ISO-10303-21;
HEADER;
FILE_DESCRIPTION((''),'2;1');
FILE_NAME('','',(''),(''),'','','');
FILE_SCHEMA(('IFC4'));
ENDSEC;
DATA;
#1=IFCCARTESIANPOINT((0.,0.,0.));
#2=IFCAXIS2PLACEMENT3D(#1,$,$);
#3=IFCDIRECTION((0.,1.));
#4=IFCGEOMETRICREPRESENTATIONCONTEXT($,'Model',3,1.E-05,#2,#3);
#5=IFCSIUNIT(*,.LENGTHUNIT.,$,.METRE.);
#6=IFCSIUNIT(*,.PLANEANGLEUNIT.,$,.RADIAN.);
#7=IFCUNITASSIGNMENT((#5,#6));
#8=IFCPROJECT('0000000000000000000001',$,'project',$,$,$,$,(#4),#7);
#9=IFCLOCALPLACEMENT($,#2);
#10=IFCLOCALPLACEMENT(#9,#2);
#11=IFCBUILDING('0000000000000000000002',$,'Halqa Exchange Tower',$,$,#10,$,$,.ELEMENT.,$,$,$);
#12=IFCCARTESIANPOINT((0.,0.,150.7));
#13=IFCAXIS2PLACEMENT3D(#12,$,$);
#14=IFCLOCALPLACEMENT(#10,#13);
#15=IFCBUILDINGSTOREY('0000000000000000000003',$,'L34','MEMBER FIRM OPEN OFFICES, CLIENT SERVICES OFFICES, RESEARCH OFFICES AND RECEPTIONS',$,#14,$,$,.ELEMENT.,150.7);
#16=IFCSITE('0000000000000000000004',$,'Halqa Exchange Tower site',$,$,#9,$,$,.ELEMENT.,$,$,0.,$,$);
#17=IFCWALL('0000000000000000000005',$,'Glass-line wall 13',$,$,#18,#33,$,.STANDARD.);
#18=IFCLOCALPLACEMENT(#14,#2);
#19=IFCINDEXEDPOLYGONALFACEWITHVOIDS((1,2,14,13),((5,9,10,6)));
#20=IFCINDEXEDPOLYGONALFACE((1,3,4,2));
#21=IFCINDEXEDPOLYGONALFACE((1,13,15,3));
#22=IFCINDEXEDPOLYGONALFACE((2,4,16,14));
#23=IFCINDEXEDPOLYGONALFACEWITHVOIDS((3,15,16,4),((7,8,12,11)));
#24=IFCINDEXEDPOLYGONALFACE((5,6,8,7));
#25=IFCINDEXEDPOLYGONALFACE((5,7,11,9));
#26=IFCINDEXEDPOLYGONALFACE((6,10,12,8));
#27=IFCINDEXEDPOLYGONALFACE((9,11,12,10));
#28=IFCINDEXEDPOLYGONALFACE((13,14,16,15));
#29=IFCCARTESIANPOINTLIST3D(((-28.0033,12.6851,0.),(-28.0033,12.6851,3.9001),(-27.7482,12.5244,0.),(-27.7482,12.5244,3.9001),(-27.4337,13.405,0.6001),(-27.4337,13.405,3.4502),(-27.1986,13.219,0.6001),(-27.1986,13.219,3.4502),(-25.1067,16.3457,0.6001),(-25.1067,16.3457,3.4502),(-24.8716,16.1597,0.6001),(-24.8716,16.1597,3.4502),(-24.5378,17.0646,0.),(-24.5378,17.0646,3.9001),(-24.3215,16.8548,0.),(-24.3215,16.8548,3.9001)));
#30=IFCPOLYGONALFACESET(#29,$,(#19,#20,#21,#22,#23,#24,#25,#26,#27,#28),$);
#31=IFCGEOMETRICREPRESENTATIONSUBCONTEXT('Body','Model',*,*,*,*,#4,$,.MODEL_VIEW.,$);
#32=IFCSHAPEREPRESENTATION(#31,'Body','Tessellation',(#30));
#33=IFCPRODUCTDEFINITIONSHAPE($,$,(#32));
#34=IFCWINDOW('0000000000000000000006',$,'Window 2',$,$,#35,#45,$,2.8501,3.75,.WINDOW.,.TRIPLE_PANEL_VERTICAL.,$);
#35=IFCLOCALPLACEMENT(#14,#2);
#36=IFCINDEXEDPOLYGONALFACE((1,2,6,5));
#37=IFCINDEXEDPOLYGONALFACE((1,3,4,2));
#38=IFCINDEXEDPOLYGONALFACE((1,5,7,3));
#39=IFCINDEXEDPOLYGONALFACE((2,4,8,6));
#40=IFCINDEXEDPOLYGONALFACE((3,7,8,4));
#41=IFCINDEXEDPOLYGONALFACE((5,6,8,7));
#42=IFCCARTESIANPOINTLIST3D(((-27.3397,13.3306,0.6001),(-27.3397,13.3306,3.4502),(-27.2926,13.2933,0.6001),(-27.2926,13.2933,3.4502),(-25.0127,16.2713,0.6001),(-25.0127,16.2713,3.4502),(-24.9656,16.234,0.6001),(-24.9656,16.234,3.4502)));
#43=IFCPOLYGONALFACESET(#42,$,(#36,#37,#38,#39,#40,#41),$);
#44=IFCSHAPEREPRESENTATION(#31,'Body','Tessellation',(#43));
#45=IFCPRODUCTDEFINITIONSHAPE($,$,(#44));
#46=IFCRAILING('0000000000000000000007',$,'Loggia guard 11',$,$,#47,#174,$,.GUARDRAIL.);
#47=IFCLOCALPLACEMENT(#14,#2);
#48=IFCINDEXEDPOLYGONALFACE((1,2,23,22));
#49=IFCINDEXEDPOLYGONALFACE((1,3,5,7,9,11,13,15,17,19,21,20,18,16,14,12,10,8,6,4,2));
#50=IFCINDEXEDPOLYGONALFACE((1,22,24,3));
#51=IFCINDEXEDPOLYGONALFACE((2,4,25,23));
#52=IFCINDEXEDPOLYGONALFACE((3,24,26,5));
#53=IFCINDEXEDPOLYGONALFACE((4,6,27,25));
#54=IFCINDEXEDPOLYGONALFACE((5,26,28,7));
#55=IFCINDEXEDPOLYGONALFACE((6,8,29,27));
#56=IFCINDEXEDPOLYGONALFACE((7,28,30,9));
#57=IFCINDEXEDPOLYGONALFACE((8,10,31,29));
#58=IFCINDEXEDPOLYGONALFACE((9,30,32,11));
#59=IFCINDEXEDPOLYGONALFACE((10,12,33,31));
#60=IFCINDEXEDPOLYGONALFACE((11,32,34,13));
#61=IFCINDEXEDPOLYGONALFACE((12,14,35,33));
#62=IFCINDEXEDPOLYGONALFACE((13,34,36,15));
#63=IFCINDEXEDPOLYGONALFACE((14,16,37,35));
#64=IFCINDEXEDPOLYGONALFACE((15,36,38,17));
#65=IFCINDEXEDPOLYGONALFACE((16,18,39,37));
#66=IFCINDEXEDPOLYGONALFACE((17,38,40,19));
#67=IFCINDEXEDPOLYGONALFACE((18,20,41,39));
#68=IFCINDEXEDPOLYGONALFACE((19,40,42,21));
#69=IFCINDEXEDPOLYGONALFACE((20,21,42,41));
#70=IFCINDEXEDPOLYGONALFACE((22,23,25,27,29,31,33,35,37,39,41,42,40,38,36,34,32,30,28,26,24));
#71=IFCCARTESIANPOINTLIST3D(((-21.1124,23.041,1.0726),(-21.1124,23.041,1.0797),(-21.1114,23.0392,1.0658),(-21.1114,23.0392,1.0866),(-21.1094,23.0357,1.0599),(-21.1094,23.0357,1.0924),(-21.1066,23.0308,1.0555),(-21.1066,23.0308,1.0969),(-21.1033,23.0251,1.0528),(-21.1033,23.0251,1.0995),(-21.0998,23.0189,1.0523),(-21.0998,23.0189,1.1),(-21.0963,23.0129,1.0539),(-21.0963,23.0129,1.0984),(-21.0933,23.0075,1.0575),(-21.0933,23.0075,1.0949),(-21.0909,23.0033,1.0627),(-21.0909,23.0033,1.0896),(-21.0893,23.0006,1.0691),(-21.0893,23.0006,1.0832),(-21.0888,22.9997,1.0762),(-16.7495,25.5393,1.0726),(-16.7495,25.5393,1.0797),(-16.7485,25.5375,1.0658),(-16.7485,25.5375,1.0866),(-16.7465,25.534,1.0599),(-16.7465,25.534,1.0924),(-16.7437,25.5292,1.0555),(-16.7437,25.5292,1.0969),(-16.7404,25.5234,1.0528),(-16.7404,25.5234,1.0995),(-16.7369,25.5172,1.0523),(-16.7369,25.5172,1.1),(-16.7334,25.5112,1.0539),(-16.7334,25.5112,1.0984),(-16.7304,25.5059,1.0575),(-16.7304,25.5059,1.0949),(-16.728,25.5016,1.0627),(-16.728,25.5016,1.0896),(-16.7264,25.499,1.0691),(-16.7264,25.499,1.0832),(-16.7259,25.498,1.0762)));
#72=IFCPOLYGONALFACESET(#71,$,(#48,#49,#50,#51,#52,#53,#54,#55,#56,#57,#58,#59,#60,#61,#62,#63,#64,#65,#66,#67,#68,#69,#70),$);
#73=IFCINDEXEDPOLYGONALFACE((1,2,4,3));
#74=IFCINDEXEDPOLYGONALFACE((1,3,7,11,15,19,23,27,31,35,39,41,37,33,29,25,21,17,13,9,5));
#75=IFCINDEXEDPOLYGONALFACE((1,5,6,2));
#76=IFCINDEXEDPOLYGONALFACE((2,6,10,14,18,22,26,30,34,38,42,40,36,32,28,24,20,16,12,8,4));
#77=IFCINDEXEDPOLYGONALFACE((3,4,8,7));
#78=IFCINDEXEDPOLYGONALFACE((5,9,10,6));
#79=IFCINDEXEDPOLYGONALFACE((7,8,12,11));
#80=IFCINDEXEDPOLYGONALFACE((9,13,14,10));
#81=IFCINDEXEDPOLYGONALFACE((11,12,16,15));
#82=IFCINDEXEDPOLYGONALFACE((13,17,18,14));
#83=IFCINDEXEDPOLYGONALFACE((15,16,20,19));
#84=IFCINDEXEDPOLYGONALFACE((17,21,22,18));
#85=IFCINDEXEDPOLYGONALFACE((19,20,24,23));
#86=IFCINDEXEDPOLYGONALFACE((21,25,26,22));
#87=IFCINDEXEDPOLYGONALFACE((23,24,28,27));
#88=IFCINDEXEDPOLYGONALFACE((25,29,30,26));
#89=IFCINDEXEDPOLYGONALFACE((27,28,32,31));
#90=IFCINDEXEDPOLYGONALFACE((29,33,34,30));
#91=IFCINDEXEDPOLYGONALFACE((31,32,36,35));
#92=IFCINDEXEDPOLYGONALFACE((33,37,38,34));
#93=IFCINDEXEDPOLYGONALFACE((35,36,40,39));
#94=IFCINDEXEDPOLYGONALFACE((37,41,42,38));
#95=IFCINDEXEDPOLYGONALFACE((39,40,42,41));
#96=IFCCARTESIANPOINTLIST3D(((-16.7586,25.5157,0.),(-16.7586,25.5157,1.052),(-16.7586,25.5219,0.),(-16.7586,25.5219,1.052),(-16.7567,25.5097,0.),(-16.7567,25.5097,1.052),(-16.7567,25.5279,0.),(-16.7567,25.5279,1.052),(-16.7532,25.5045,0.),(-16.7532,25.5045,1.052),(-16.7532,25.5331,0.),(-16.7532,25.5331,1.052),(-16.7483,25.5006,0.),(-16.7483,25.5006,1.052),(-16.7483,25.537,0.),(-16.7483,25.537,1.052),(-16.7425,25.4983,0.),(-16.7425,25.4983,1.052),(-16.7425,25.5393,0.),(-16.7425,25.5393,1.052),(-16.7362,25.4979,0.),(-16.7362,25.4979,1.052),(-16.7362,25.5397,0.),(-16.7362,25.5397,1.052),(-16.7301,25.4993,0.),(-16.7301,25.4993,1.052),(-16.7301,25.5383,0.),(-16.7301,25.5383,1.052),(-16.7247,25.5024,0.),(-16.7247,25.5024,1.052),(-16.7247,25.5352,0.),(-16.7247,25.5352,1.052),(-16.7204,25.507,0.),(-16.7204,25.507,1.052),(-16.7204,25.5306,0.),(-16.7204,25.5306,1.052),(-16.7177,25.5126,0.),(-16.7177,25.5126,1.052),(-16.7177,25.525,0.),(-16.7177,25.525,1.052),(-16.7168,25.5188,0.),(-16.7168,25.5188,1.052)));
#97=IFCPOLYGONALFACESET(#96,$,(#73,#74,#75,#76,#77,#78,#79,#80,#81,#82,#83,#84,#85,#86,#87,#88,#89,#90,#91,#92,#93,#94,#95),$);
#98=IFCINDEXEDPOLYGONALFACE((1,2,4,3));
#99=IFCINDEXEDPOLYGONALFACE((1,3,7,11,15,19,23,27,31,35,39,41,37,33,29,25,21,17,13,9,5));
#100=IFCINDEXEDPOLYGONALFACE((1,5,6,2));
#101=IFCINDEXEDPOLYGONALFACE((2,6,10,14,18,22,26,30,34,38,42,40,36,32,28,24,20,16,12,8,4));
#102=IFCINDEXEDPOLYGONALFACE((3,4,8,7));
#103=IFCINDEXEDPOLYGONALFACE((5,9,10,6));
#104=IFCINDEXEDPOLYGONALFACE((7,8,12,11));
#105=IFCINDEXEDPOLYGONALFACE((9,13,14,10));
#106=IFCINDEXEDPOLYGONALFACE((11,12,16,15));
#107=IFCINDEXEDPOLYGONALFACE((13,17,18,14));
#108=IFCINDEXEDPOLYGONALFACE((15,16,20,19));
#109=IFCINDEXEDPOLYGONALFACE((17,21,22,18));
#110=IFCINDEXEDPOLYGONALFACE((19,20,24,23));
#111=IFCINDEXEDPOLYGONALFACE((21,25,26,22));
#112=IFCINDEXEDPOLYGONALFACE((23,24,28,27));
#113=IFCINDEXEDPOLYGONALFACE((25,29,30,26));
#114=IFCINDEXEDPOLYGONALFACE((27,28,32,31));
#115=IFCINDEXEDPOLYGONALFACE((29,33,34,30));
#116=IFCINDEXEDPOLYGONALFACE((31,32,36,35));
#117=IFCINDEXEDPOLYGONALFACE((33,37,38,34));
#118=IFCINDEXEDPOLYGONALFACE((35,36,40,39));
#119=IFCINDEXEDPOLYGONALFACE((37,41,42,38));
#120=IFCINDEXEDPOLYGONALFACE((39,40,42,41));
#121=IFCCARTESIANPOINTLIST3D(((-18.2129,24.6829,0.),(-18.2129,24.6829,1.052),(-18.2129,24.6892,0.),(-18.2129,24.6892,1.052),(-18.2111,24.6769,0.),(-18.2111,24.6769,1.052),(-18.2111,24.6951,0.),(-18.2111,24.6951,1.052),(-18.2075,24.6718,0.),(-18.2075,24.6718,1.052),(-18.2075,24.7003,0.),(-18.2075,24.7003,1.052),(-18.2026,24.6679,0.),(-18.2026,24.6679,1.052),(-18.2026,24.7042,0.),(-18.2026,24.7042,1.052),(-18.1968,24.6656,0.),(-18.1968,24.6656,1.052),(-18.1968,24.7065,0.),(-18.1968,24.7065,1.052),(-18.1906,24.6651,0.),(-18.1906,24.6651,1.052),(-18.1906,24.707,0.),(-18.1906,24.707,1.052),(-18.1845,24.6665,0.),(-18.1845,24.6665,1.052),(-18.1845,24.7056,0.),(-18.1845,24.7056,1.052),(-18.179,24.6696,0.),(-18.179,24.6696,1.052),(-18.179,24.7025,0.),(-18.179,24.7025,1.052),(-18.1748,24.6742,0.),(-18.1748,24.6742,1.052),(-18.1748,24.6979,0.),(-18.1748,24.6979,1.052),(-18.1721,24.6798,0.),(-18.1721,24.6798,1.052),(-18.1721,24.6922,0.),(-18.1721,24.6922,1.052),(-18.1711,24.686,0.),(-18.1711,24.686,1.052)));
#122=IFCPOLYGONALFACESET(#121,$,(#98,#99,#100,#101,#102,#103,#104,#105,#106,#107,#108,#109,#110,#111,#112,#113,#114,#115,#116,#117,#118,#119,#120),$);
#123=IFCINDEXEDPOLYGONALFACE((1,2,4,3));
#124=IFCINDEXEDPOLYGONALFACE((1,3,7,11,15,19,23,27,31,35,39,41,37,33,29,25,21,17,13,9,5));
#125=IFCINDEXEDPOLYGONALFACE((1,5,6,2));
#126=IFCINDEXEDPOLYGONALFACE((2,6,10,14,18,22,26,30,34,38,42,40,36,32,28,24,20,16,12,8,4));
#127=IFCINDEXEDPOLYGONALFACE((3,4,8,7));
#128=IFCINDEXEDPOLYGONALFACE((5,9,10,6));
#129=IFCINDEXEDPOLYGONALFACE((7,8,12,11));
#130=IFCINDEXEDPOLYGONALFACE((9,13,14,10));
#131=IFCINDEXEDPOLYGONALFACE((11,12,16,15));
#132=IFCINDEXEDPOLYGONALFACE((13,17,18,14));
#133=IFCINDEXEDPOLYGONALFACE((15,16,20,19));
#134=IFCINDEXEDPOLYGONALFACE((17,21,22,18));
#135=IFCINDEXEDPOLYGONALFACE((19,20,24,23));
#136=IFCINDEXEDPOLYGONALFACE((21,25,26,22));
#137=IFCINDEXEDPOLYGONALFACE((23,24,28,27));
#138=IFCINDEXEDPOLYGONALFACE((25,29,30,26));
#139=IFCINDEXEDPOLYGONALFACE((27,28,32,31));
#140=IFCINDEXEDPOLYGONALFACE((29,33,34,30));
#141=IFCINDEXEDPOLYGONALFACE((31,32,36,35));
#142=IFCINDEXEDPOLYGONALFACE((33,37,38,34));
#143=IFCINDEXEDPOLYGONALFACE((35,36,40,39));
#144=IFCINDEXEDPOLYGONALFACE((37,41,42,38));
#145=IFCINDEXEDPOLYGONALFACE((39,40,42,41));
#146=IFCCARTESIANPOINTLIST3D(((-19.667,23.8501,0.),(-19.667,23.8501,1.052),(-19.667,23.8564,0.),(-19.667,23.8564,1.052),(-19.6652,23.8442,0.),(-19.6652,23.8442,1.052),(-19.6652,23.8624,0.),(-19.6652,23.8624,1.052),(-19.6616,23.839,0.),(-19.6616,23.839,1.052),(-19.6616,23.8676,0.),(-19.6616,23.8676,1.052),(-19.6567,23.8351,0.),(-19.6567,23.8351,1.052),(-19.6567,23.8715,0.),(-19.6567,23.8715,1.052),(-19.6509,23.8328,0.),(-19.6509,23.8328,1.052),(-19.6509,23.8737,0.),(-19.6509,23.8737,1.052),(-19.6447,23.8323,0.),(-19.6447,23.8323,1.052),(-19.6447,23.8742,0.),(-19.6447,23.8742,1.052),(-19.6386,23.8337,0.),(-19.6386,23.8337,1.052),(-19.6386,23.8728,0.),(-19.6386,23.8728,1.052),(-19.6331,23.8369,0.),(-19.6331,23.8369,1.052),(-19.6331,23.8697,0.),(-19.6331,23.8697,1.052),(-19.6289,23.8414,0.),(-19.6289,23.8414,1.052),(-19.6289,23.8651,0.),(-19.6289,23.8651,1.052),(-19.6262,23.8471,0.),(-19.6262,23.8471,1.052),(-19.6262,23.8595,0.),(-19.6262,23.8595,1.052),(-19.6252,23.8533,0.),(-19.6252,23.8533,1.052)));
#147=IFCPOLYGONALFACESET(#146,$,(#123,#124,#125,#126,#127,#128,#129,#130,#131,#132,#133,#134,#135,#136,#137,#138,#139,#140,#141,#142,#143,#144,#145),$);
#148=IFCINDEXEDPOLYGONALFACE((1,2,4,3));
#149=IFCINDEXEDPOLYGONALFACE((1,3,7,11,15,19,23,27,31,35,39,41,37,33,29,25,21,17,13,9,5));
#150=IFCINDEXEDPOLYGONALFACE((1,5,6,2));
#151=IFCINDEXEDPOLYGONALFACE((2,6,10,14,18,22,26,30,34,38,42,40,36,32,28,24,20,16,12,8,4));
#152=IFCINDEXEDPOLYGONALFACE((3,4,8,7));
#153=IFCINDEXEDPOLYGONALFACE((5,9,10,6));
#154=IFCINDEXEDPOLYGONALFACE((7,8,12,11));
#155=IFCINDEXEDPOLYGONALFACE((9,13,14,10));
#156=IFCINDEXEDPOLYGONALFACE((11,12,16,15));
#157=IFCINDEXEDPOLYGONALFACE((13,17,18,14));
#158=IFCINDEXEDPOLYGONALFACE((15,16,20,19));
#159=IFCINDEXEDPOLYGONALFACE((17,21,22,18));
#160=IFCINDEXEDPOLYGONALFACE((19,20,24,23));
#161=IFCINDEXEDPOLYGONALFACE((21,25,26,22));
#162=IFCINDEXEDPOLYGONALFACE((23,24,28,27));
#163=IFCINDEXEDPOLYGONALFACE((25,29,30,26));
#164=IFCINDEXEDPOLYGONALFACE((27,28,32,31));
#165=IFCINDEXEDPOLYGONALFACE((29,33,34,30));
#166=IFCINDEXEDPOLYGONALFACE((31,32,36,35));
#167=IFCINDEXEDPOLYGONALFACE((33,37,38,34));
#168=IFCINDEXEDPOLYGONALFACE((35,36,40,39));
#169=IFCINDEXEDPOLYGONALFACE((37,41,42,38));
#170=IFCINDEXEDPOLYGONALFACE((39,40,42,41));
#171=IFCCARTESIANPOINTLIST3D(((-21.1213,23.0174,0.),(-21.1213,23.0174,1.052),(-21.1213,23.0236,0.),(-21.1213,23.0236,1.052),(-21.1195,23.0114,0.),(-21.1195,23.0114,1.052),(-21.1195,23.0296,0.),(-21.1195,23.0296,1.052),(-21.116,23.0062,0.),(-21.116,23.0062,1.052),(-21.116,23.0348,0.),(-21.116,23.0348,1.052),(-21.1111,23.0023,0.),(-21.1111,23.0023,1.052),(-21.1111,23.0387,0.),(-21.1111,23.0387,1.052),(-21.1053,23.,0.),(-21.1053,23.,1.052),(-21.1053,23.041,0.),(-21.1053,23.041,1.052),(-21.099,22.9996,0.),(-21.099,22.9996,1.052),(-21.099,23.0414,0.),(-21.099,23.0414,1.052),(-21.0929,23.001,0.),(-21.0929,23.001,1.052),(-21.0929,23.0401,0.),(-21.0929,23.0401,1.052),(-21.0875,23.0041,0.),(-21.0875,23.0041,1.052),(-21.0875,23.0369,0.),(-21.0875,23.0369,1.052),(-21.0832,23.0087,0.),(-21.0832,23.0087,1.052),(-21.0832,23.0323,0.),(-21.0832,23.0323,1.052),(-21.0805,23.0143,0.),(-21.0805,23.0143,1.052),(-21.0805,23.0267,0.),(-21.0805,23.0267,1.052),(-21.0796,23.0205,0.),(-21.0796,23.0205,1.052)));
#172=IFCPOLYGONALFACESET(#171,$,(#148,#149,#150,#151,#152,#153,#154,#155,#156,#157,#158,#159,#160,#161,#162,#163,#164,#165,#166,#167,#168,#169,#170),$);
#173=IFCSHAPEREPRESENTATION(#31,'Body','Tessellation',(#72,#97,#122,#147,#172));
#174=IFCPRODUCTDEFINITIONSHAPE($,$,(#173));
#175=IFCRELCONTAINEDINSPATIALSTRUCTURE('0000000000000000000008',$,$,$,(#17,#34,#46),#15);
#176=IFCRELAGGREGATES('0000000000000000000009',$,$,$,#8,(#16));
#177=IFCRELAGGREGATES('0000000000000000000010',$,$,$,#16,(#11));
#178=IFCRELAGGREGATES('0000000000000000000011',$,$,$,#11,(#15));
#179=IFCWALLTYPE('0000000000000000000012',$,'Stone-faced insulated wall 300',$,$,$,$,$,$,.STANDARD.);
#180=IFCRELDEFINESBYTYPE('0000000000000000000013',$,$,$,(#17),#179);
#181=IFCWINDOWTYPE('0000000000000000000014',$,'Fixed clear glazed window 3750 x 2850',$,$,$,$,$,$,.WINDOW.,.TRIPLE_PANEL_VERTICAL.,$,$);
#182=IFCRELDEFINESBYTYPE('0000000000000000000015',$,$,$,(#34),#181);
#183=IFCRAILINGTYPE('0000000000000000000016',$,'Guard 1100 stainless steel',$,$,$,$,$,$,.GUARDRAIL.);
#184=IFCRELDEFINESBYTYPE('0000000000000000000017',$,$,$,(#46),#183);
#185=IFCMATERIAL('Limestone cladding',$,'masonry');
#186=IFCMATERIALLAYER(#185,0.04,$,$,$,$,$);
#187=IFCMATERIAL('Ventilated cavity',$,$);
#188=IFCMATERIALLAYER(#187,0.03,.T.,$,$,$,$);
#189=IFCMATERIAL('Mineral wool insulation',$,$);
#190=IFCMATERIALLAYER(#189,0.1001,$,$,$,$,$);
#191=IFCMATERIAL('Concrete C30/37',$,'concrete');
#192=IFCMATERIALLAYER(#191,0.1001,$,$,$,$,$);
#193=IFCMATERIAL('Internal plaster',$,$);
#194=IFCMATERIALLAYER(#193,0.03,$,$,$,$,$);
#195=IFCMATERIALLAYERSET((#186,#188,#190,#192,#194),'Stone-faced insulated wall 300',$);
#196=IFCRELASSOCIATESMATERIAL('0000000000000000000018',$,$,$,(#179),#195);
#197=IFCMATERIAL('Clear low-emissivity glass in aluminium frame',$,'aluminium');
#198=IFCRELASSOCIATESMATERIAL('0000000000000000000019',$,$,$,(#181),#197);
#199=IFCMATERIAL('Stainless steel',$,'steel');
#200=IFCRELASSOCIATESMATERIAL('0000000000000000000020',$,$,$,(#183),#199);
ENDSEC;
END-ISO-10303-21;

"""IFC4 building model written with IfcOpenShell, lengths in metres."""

from ifc_helpers import new_model, si_unit, direction, frame, frame_2d, origin, origin_2d, place, context, subcontext, project, spatial, polyline, rectangle, circle, outline, extrude, material, layer, layer_set, type_object, element, fill, save


model = new_model("IFC4")

# Units and contexts
model_context = context("Model", 3, precision=1e-05, world=origin(), true_north=direction((0.0, 1.0)))
body_context = subcontext(model_context, "Body", "Model", "MODEL_VIEW")
ifc_project = project(units=[si_unit("LENGTHUNIT", "METRE"), si_unit("PLANEANGLEUNIT", "RADIAN")], contexts=[model_context])

# Site, building, storey
site_placement = place(None, origin())
site = spatial("IfcSite", under=ifc_project, at=site_placement, Name="Halqa Exchange Tower site", CompositionType="ELEMENT", RefElevation=0.0)
building_placement = place(site_placement, origin())
building = spatial("IfcBuilding", under=site, at=building_placement, Name="Halqa Exchange Tower", CompositionType="ELEMENT")
storey_placement = place(building_placement, frame((0.0, 0.0, 150.7)))
storey = spatial("IfcBuildingStorey", under=building, at=storey_placement, Name="L34", Description="MEMBER FIRM OPEN OFFICES, CLIENT SERVICES OFFICES, RESEARCH OFFICES AND RECEPTIONS", CompositionType="ELEMENT", Elevation=150.7)

# Shared definitions
ifc_material_1 = material(Name="Limestone cladding", Category="masonry")
ifc_layer_1 = layer(ifc_material_1, 0.04)
ifc_material_2 = material(Name="Ventilated cavity")
ifc_layer_2 = layer(ifc_material_2, 0.03, ventilated=True)
ifc_material_3 = material(Name="Mineral wool insulation")
ifc_layer_3 = layer(ifc_material_3, 0.1001)
ifc_material_4 = material(Name="Concrete C30/37", Category="concrete")
ifc_layer_4 = layer(ifc_material_4, 0.1001)
ifc_material_5 = material(Name="Internal plaster")
ifc_layer_5 = layer(ifc_material_5, 0.03)
ifc_layer_set_1 = layer_set([ifc_layer_1, ifc_layer_2, ifc_layer_3, ifc_layer_4, ifc_layer_5], Name="Stone-faced insulated wall 300")
wall_type_1 = type_object("IfcWallType", Name="Stone-faced insulated wall 300", PredefinedType="STANDARD", material=ifc_layer_set_1)
ifc_material_6 = material(Name="Clear low-emissivity glass in aluminium frame", Category="aluminium")
window_type = type_object("IfcWindowType", Name="Fixed clear glazed window 3750 x 2850", PartitioningType="TRIPLE_PANEL_VERTICAL", PredefinedType="WINDOW", material=ifc_material_6)

# Wall, opening, window
wall_1_placement = place(storey_placement, frame((-24.4297, 16.9597, 0.0), z_axis=(0.0, 0.0, 1.0), x_axis=(-0.620521, -0.78419, 0.0)))
wall_1 = element("IfcWall", 1, at=wall_1_placement, inside=storey, type_object=wall_type_1, Name="Glass-line wall 13", PredefinedType="STANDARD", context=body_context, shape_type="SweptSolid", body=[
    extrude(outline(polyline([(-0.0151, -0.1499), (5.5696, -0.1499), (5.5374, 0.1499), (0.0151, 0.1499), (-0.0151, -0.1499)])), origin(), (0.0, 0.0, 1.0), 3.9001),
])
opening_1_placement = place(wall_1_placement, frame((0.9016, 0.0, 0.6001)))
opening_1 = element("IfcOpeningElement", 2, at=opening_1_placement, cuts=wall_1, PredefinedType="OPENING", context=body_context, shape_type="SweptSolid", body=[
    extrude(rectangle(XDim=3.75, YDim=2.8501, at=frame_2d((1.875, 1.425))), frame((0.0, 0.1621, 0.0), z_axis=(0.0, -1.0, 0.0), x_axis=(1.0, 0.0, 0.0)), (0.0, 0.0, 1.0), 0.324),
])
window_1_placement = place(opening_1_placement, origin())
window_1 = element("IfcWindow", 3, at=window_1_placement, inside=storey, type_object=window_type, Name="Window 2", OverallHeight=2.8501, OverallWidth=3.75, PartitioningType="TRIPLE_PANEL_VERTICAL", PredefinedType="WINDOW", context=body_context, shape_type="SweptSolid", body=[
    extrude(rectangle(XDim=3.75, YDim=2.8501, at=frame_2d((1.875, 1.425))), frame((0.0, 0.03, 0.0), z_axis=(0.0, -1.0, 0.0), x_axis=(1.0, 0.0, 0.0)), (0.0, 0.0, 1.0), 0.0601),
])
fill(opening_1, window_1)

# Railing
ifc_material_7 = material(Name="Stainless steel", Category="steel")
railing_type = type_object("IfcRailingType", Name="Guard 1100 stainless steel", PredefinedType="GUARDRAIL", material=ifc_material_7)
railing_1_placement = place(storey_placement, frame((-16.7378, 25.5188, 0.0)))
element("IfcRailing", 4, at=railing_1_placement, inside=storey, type_object=railing_type, Name="Loggia guard 11", PredefinedType="GUARDRAIL", context=body_context, shape_type="SweptSolid", body=[
    extrude(circle(Radius=0.0239, at=origin_2d()), frame((0.0, 0.0, 1.0762), z_axis=(-0.867792, -0.496928, 0.0), x_axis=(0.496928, -0.867792, 0.0)), (0.0, 0.0, 1.0), 5.0276),
    extrude(circle(Radius=0.021, at=origin_2d()), origin(), (0.0, 0.0, 1.0), 1.052),
    extrude(circle(Radius=0.021, at=origin_2d()), frame((-1.4543, -0.8328, 0.0)), (0.0, 0.0, 1.0), 1.052),
    extrude(circle(Radius=0.021, at=origin_2d()), frame((-2.9084, -1.6655, 0.0)), (0.0, 0.0, 1.0), 1.052),
    extrude(circle(Radius=0.021, at=origin_2d()), frame((-4.3628, -2.4983, 0.0)), (0.0, 0.0, 1.0), 1.052),
])

save(model, "model.ifc")
